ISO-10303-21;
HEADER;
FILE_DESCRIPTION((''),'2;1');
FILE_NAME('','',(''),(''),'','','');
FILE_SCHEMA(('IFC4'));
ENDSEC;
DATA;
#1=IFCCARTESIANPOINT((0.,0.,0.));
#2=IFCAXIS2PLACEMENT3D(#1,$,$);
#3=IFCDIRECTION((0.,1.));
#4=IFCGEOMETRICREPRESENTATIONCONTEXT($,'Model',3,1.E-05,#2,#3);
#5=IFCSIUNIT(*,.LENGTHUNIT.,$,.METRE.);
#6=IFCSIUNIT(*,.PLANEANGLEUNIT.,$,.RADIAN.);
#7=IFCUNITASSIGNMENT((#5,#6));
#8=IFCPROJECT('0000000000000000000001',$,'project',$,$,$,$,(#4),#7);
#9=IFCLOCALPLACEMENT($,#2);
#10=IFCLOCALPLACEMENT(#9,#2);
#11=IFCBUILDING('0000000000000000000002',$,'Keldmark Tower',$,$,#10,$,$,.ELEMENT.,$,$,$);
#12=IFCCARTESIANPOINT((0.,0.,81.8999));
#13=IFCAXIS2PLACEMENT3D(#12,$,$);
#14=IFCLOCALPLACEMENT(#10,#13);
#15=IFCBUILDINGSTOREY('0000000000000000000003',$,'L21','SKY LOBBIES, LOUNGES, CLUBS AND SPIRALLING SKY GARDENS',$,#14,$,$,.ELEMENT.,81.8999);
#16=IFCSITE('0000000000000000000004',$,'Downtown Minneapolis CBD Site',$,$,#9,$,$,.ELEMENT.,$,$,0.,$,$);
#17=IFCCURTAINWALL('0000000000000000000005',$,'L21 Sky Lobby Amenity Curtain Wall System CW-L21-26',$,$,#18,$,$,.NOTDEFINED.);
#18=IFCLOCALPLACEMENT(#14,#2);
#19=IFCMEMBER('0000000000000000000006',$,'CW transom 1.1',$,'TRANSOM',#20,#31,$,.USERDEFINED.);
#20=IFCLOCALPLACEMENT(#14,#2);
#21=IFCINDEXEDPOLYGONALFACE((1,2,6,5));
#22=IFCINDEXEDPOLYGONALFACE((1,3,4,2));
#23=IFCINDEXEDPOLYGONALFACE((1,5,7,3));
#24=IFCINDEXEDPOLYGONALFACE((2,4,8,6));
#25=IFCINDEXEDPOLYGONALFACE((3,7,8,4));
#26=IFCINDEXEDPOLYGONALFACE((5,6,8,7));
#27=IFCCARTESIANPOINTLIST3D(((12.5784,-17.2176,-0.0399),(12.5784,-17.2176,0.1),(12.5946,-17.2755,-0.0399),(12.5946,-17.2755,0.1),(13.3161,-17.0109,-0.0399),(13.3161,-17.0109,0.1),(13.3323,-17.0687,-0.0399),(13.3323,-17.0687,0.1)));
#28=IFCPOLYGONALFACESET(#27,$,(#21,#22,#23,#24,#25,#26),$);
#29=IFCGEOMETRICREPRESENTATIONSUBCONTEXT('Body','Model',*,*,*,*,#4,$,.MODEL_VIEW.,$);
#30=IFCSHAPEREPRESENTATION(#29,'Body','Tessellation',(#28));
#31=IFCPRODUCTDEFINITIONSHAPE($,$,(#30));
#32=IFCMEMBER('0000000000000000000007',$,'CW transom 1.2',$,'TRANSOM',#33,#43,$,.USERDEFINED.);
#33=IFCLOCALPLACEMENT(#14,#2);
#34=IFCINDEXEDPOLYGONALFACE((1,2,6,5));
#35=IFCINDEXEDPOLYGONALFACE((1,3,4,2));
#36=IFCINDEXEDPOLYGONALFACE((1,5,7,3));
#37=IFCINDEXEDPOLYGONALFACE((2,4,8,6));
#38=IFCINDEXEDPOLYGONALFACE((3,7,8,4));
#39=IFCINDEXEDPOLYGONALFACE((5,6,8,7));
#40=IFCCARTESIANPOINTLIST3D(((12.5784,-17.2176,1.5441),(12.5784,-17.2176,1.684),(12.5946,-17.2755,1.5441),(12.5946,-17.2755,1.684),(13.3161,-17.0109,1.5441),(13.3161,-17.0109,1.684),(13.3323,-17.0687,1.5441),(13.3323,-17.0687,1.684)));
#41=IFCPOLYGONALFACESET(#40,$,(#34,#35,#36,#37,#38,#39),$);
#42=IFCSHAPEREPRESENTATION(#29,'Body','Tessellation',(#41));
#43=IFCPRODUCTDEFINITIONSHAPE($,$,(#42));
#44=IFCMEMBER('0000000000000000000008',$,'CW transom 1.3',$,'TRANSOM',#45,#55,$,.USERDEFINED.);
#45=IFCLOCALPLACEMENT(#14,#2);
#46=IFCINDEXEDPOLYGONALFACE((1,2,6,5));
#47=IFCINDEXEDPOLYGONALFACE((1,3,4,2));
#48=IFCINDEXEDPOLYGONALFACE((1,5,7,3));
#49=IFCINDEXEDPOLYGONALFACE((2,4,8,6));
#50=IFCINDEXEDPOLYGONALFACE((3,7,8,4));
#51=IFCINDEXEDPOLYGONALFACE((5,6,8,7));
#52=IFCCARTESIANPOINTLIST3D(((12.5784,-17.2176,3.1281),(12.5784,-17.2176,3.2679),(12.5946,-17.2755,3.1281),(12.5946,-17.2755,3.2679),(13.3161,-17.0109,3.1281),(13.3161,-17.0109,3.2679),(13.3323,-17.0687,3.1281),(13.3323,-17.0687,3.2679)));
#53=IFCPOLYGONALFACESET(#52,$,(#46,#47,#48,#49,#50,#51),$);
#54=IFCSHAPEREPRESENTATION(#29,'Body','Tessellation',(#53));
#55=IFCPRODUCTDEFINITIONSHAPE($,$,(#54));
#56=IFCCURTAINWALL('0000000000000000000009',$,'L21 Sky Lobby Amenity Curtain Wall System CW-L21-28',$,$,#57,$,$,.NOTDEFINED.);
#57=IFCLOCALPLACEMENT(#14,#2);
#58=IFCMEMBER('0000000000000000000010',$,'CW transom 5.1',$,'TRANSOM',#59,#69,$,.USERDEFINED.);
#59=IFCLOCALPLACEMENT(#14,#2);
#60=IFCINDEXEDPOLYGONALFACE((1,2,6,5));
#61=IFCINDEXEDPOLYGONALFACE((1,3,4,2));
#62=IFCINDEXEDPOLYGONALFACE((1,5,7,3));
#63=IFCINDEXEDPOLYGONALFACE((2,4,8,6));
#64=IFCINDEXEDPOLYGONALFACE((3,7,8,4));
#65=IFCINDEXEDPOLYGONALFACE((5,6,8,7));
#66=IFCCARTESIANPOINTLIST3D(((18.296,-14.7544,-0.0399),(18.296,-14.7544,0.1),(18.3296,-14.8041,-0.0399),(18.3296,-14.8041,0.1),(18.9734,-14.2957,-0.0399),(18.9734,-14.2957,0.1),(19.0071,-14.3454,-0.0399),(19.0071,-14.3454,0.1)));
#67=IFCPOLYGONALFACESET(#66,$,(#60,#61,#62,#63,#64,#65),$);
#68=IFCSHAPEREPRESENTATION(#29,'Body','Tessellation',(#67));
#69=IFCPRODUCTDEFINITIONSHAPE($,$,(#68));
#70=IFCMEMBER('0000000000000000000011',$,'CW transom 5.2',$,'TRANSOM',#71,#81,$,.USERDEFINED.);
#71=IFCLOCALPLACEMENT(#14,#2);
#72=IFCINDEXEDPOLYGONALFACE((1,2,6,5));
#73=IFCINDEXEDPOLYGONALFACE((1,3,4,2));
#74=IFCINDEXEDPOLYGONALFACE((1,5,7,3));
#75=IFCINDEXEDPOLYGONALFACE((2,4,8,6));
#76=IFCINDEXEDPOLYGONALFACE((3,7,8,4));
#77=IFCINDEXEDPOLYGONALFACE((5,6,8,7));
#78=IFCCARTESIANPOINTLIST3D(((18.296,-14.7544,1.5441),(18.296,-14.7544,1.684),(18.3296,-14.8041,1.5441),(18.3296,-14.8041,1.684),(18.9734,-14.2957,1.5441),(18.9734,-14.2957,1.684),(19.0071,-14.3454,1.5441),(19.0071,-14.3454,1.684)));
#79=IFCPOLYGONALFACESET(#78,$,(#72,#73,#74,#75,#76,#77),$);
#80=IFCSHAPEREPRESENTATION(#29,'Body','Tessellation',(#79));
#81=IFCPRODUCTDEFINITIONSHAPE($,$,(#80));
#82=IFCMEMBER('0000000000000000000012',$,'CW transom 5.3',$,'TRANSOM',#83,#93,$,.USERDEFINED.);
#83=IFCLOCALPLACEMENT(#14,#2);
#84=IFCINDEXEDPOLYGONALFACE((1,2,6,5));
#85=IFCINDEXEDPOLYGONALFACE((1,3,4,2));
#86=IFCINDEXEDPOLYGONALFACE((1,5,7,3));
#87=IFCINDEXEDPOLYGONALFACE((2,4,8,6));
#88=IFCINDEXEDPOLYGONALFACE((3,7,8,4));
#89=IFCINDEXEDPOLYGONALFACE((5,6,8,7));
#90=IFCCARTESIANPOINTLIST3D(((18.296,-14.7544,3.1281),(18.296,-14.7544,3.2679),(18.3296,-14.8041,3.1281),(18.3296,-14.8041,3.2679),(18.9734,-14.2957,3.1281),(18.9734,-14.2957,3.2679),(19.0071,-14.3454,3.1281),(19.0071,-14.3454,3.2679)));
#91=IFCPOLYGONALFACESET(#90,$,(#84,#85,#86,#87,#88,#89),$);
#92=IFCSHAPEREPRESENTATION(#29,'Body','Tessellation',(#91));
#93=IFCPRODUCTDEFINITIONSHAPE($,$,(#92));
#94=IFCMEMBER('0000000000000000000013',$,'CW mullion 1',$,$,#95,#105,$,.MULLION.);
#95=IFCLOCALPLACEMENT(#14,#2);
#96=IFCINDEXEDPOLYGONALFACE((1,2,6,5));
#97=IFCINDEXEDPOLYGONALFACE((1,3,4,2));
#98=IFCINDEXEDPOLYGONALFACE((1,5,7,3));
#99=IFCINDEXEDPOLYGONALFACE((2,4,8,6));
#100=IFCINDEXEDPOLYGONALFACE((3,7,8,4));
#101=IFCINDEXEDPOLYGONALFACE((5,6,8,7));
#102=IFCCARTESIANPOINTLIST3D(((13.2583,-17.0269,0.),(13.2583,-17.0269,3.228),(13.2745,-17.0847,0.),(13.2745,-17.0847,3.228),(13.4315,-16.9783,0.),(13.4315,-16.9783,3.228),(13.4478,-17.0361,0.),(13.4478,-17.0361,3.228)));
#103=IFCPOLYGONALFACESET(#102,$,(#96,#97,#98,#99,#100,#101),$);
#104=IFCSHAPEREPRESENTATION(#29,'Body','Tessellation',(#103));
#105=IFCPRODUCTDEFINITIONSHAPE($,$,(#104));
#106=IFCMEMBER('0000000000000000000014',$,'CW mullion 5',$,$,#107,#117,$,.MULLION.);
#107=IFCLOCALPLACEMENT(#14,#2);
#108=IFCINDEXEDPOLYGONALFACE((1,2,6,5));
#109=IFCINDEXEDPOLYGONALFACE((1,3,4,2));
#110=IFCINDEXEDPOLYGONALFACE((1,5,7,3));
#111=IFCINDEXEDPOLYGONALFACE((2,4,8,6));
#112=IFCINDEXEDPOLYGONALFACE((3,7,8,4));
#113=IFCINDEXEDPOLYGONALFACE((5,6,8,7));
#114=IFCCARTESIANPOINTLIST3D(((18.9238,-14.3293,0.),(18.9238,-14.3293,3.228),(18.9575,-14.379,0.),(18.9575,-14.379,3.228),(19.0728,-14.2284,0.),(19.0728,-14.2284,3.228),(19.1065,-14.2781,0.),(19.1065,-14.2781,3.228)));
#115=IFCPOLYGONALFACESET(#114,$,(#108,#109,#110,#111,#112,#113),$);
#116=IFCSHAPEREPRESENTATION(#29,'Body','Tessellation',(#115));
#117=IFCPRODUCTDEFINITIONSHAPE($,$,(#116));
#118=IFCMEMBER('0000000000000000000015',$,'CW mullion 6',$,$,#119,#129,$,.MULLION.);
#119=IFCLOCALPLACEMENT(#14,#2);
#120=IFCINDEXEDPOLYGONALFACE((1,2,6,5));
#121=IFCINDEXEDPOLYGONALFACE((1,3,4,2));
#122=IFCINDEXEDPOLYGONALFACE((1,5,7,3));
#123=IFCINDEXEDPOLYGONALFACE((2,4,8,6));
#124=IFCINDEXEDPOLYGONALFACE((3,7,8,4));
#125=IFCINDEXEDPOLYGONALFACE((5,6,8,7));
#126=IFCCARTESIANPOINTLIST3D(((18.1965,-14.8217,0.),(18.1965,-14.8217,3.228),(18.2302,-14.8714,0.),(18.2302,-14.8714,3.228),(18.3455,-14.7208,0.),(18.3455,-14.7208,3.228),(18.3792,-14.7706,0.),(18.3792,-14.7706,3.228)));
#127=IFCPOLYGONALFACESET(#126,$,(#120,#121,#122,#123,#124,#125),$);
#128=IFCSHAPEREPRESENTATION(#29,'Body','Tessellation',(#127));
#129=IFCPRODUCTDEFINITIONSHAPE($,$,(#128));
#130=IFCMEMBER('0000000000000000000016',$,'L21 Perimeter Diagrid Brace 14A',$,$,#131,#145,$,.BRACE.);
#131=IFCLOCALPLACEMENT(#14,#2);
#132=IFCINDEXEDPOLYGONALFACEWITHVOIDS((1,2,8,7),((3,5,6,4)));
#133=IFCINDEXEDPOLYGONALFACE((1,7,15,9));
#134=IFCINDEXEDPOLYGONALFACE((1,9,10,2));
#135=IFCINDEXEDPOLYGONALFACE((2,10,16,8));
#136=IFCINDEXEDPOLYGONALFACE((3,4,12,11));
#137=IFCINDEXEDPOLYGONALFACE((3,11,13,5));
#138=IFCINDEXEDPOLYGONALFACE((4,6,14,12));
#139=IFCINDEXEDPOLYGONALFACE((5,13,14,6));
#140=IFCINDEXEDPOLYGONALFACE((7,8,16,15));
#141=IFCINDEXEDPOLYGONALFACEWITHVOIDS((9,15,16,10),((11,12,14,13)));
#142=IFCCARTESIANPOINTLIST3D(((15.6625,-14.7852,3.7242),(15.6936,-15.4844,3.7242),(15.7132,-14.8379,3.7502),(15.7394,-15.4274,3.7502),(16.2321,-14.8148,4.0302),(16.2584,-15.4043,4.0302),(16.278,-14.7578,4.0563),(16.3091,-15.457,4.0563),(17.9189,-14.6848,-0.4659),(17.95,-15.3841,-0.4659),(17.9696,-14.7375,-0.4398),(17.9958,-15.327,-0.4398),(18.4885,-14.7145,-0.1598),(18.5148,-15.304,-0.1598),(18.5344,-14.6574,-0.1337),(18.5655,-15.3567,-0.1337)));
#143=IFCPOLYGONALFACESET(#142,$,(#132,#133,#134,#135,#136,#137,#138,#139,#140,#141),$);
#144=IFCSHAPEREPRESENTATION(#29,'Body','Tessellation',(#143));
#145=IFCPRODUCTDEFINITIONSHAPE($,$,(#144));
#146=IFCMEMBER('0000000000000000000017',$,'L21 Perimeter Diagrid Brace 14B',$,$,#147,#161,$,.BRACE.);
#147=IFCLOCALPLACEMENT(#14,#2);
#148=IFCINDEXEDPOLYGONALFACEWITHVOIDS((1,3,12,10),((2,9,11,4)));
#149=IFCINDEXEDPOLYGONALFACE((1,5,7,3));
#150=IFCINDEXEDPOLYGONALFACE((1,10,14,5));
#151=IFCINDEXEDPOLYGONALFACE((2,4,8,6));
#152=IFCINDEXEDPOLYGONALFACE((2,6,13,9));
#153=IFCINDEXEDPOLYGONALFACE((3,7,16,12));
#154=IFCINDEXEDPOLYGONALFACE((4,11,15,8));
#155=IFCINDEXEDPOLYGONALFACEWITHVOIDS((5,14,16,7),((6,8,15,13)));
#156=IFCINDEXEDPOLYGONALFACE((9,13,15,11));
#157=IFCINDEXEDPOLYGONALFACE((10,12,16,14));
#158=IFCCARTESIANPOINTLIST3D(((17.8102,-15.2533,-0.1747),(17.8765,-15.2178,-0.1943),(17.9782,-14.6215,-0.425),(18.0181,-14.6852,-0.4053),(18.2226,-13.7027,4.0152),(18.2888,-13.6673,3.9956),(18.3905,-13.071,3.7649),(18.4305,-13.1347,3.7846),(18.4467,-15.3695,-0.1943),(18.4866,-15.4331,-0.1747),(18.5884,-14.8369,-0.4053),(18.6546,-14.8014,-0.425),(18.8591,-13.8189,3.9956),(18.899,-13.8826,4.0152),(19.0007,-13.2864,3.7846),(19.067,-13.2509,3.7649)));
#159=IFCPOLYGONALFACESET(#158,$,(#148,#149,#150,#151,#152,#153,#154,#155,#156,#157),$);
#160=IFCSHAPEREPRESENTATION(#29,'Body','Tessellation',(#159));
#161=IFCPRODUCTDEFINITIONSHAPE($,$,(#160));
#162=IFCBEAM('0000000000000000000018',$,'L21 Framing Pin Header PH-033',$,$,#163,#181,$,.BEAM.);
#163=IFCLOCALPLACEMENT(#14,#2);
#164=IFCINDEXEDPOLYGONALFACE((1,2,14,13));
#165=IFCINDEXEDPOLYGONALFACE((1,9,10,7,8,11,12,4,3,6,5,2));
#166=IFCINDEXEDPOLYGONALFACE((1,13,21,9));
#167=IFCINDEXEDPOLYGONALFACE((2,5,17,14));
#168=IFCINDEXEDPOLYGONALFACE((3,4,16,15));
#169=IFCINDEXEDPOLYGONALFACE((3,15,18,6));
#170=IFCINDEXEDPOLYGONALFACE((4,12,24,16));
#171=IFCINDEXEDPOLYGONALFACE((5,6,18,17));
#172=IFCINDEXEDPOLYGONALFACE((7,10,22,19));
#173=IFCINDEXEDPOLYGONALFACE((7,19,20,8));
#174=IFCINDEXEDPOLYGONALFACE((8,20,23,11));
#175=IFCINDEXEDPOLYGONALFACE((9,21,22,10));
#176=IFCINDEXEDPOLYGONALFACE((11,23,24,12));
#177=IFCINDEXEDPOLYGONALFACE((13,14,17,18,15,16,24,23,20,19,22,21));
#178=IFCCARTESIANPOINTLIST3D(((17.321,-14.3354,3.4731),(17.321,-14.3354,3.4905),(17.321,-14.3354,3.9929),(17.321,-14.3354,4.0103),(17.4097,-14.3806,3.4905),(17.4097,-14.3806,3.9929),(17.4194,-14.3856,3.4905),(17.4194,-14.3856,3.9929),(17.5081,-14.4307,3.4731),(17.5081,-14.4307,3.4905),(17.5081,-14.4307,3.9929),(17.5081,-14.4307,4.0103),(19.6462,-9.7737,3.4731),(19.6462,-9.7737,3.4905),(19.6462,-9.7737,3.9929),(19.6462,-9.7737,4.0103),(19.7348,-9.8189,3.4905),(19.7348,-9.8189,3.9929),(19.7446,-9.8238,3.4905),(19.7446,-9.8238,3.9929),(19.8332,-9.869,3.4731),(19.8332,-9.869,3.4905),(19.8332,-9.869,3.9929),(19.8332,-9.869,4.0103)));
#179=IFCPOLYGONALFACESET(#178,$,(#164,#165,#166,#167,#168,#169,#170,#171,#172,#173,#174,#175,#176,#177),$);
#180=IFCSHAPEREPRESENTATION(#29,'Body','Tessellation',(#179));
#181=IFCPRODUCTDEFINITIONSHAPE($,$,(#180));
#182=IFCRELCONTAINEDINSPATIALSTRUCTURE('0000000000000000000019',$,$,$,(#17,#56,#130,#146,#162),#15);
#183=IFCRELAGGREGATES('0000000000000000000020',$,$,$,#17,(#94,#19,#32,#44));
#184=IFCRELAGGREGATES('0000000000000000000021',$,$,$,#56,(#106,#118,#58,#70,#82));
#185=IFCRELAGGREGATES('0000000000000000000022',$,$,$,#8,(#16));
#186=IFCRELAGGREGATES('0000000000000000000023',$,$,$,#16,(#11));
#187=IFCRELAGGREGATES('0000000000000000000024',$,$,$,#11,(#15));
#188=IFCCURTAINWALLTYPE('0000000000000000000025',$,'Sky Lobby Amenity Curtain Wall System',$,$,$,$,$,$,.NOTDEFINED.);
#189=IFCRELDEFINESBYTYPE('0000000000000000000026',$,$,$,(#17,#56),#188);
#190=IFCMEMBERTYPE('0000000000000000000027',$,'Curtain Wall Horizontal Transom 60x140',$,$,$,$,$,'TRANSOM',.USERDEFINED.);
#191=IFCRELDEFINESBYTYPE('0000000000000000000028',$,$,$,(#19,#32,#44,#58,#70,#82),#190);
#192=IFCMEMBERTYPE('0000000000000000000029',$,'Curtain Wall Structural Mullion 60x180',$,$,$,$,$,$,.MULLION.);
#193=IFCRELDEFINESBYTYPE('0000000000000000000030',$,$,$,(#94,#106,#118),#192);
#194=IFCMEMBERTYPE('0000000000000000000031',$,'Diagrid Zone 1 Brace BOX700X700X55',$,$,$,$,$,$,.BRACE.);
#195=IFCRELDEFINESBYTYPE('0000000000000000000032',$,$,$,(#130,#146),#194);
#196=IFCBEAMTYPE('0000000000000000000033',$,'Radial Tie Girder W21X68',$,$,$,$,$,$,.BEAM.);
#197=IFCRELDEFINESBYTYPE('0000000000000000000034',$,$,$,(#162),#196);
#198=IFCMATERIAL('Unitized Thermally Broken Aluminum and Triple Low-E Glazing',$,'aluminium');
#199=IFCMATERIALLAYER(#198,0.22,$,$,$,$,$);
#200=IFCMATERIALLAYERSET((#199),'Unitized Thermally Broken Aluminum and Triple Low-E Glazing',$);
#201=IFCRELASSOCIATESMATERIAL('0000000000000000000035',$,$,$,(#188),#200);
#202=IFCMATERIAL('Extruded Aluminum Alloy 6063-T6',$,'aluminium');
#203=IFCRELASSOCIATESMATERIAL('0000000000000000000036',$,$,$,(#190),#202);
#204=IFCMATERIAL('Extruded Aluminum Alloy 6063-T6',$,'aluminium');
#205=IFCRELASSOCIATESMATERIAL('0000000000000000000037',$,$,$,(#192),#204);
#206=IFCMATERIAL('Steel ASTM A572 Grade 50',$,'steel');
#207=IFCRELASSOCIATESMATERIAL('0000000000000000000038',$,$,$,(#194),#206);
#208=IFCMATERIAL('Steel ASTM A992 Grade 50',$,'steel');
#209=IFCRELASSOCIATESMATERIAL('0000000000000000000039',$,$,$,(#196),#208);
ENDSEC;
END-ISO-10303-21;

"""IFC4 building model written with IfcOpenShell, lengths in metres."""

from ifc_helpers import new_model, si_unit, direction, frame, origin, origin_2d, place, context, subcontext, project, spatial, rectangle, hollow_rectangle, i_section, extrude, material, layer, layer_set, material_profile, profile_set, type_object, element, aggregate, save


model = new_model("IFC4")

# Units and contexts
model_context = context("Model", 3, precision=1e-05, world=origin(), true_north=direction((0.0, 1.0)))
body_context = subcontext(model_context, "Body", "Model", "MODEL_VIEW")
ifc_project = project(units=[si_unit("LENGTHUNIT", "METRE"), si_unit("PLANEANGLEUNIT", "RADIAN")], contexts=[model_context])

# Site, building, storey
site_placement = place(None, origin())
site = spatial("IfcSite", under=ifc_project, at=site_placement, Name="Downtown Minneapolis CBD Site", CompositionType="ELEMENT", RefElevation=0.0)
building_placement = place(site_placement, origin())
building = spatial("IfcBuilding", under=site, at=building_placement, Name="Keldmark Tower", CompositionType="ELEMENT")
storey_placement = place(building_placement, frame((0.0, 0.0, 81.8999)))
storey = spatial("IfcBuildingStorey", under=building, at=storey_placement, Name="L21", Description="SKY LOBBIES, LOUNGES, CLUBS AND SPIRALLING SKY GARDENS", CompositionType="ELEMENT", Elevation=81.8999)

# Curtain walls, members
ifc_material_1 = material(Name="Unitized Thermally Broken Aluminum and Triple Low-E Glazing", Category="aluminium")
ifc_layer_1 = layer(ifc_material_1, 0.22)
ifc_layer_set_1 = layer_set([ifc_layer_1], Name="Unitized Thermally Broken Aluminum and Triple Low-E Glazing")
curtain_wall_type = type_object("IfcCurtainWallType", Name="Sky Lobby Amenity Curtain Wall System", PredefinedType="NOTDEFINED", material=ifc_layer_set_1)
curtain_wall_1_placement = place(storey_placement, origin())
curtain_wall_1 = element("IfcCurtainWall", 1, at=curtain_wall_1_placement, inside=storey, type_object=curtain_wall_type, Name="L21 Sky Lobby Amenity Curtain Wall System CW-L21-26", PredefinedType="NOTDEFINED")
ifc_material_2 = material(Name="Extruded Aluminum Alloy 6063-T6", Category="aluminium")
ifc_material_profile_1 = material_profile(ifc_material_2, rectangle(XDim=0.0601, YDim=0.1399, at=origin_2d()), Name="CWT60X140")
ifc_profile_set_1 = profile_set([ifc_material_profile_1], Name="Extruded Aluminum Alloy 6063-T6")
member_type_1 = type_object("IfcMemberType", Name="Curtain Wall Horizontal Transom 60x140", ElementType="TRANSOM", PredefinedType="USERDEFINED", material=ifc_profile_set_1)
member_1_placement = place(storey_placement, frame((13.3242, -17.0398, 0.03), z_axis=(-0.962894, -0.269878, 0.0), x_axis=(0.269878, -0.962894, 0.0)))
member_1 = element("IfcMember", 2, at=member_1_placement, type_object=member_type_1, Name="CW transom 1.1", ObjectType="TRANSOM", PredefinedType="USERDEFINED", context=body_context, shape_type="SweptSolid", body=[
    extrude(rectangle(XDim=0.0601, YDim=0.1399, at=origin_2d()), origin(), (0.0, 0.0, 1.0), 0.7661),
])
member_2_placement = place(storey_placement, frame((13.3242, -17.0398, 1.614), z_axis=(-0.962894, -0.269878, 0.0), x_axis=(0.269878, -0.962894, 0.0)))
member_2 = element("IfcMember", 3, at=member_2_placement, type_object=member_type_1, Name="CW transom 1.2", ObjectType="TRANSOM", PredefinedType="USERDEFINED", context=body_context, shape_type="SweptSolid", body=[
    extrude(rectangle(XDim=0.0601, YDim=0.1399, at=origin_2d()), origin(), (0.0, 0.0, 1.0), 0.7661),
])
member_3_placement = place(storey_placement, frame((13.3242, -17.0398, 3.198), z_axis=(-0.962894, -0.269878, 0.0), x_axis=(0.269878, -0.962894, 0.0)))
member_3 = element("IfcMember", 4, at=member_3_placement, type_object=member_type_1, Name="CW transom 1.3", ObjectType="TRANSOM", PredefinedType="USERDEFINED", context=body_context, shape_type="SweptSolid", body=[
    extrude(rectangle(XDim=0.0601, YDim=0.1399, at=origin_2d()), origin(), (0.0, 0.0, 1.0), 0.7661),
])
curtain_wall_2_placement = place(storey_placement, origin())
curtain_wall_2 = element("IfcCurtainWall", 5, at=curtain_wall_2_placement, inside=storey, type_object=curtain_wall_type, Name="L21 Sky Lobby Amenity Curtain Wall System CW-L21-28", PredefinedType="NOTDEFINED")
member_4_placement = place(storey_placement, frame((18.9902, -14.3206, 0.03), z_axis=(-0.828035, -0.560677, 0.0), x_axis=(0.560677, -0.828035, 0.0)))
member_4 = element("IfcMember", 6, at=member_4_placement, type_object=member_type_1, Name="CW transom 5.1", ObjectType="TRANSOM", PredefinedType="USERDEFINED", context=body_context, shape_type="SweptSolid", body=[
    extrude(rectangle(XDim=0.0601, YDim=0.1399, at=origin_2d()), origin(), (0.0, 0.0, 1.0), 0.8181),
])
member_5_placement = place(storey_placement, frame((18.9902, -14.3206, 1.614), z_axis=(-0.828035, -0.560677, 0.0), x_axis=(0.560677, -0.828035, 0.0)))
member_5 = element("IfcMember", 7, at=member_5_placement, type_object=member_type_1, Name="CW transom 5.2", ObjectType="TRANSOM", PredefinedType="USERDEFINED", context=body_context, shape_type="SweptSolid", body=[
    extrude(rectangle(XDim=0.0601, YDim=0.1399, at=origin_2d()), origin(), (0.0, 0.0, 1.0), 0.8181),
])
member_6_placement = place(storey_placement, frame((18.9902, -14.3206, 3.198), z_axis=(-0.828035, -0.560677, 0.0), x_axis=(0.560677, -0.828035, 0.0)))
member_6 = element("IfcMember", 8, at=member_6_placement, type_object=member_type_1, Name="CW transom 5.3", ObjectType="TRANSOM", PredefinedType="USERDEFINED", context=body_context, shape_type="SweptSolid", body=[
    extrude(rectangle(XDim=0.0601, YDim=0.1399, at=origin_2d()), origin(), (0.0, 0.0, 1.0), 0.8181),
])

# Members
ifc_material_3 = material(Name="Extruded Aluminum Alloy 6063-T6", Category="aluminium")
ifc_material_profile_2 = material_profile(ifc_material_3, rectangle(XDim=0.0601, YDim=0.1799, at=origin_2d()), Name="CWM60X180")
ifc_profile_set_2 = profile_set([ifc_material_profile_2], Name="Extruded Aluminum Alloy 6063-T6")
member_type_2 = type_object("IfcMemberType", Name="Curtain Wall Structural Mullion 60x180", PredefinedType="MULLION", material=ifc_profile_set_2)
member_7_placement = place(storey_placement, frame((13.353, -17.0315, 0.0), z_axis=(0.0, 0.0, 1.0), x_axis=(0.270028, -0.962852, 0.0)))
member_7 = element("IfcMember", 9, at=member_7_placement, type_object=member_type_2, Name="CW mullion 1", PredefinedType="MULLION", context=body_context, shape_type="SweptSolid", body=[
    extrude(rectangle(XDim=0.0601, YDim=0.1799, at=origin_2d()), origin(), (0.0, 0.0, 1.0), 3.228),
])
aggregate(curtain_wall_1, [member_7, member_1, member_2, member_3])
member_8_placement = place(storey_placement, frame((19.0151, -14.3037, 0.0), z_axis=(0.0, 0.0, 1.0), x_axis=(0.560642, -0.828059, 0.0)))
member_8 = element("IfcMember", 10, at=member_8_placement, type_object=member_type_2, Name="CW mullion 5", PredefinedType="MULLION", context=body_context, shape_type="SweptSolid", body=[
    extrude(rectangle(XDim=0.0601, YDim=0.1799, at=origin_2d()), origin(), (0.0, 0.0, 1.0), 3.228),
])
member_9_placement = place(storey_placement, frame((18.2878, -14.7961, 0.0), z_axis=(0.0, 0.0, 1.0), x_axis=(0.560642, -0.828059, 0.0)))
member_9 = element("IfcMember", 11, at=member_9_placement, type_object=member_type_2, Name="CW mullion 6", PredefinedType="MULLION", context=body_context, shape_type="SweptSolid", body=[
    extrude(rectangle(XDim=0.0601, YDim=0.1799, at=origin_2d()), origin(), (0.0, 0.0, 1.0), 3.228),
])

# Members
ifc_material_4 = material(Name="Steel ASTM A572 Grade 50", Category="steel")
ifc_material_profile_3 = material_profile(ifc_material_4, hollow_rectangle(XDim=0.7, YDim=0.7, WallThickness=0.0549, at=origin_2d()), Name="BOX700X700X55")
ifc_profile_set_3 = profile_set([ifc_material_profile_3], Name="Steel ASTM A572 Grade 50")
member_type_3 = type_object("IfcMemberType", Name="Diagrid Zone 1 Brace BOX700X700X55", PredefinedType="BRACE", material=ifc_profile_set_3)
member_10_placement = place(storey_placement, frame((18.2422, -15.0208, -0.2998), z_axis=(-0.474031, -0.021081, 0.880256), x_axis=(0.044427, -0.999013, 0.0)))
element("IfcMember", 12, at=member_10_placement, inside=storey, type_object=member_type_3, Name="L21 Perimeter Diagrid Brace 14A", PredefinedType="BRACE", context=body_context, shape_type="SweptSolid", body=[
    extrude(hollow_rectangle(XDim=0.7, YDim=0.7, WallThickness=0.0549, at=origin_2d()), origin(), (0.0, 0.0, 1.0), 4.76),
])
member_11_placement = place(storey_placement, frame((18.2324, -15.0273, -0.2998), z_axis=(0.091907, 0.345591, 0.933874), x_axis=(-0.966409, 0.257009, 0.0)))
element("IfcMember", 13, at=member_11_placement, inside=storey, type_object=member_type_3, Name="L21 Perimeter Diagrid Brace 14B", PredefinedType="BRACE", context=body_context, shape_type="SweptSolid", body=[
    extrude(hollow_rectangle(XDim=0.7, YDim=0.7, WallThickness=0.0549, at=origin_2d()), origin(), (0.0, 0.0, 1.0), 4.4866),
])

# Beam
ifc_material_5 = material(Name="Steel ASTM A992 Grade 50", Category="steel")
ifc_material_profile_4 = material_profile(ifc_material_5, i_section(OverallWidth=0.21, OverallDepth=0.5371, WebThickness=0.011, FlangeThickness=0.0173, at=origin_2d()), Name="W21X68")
ifc_profile_set_4 = profile_set([ifc_material_profile_4], Name="Steel ASTM A992 Grade 50")
beam_type_1 = type_object("IfcBeamType", Name="Radial Tie Girder W21X68", PredefinedType="BEAM", material=ifc_profile_set_4)
beam_1_placement = place(storey_placement, frame((17.4146, -14.3831, 3.7417), z_axis=(0.454124, 0.890939, 0.0), x_axis=(-0.890939, 0.454124, 0.0)))
element("IfcBeam", 14, at=beam_1_placement, inside=storey, type_object=beam_type_1, Name="L21 Framing Pin Header PH-033", PredefinedType="BEAM", context=body_context, shape_type="SweptSolid", body=[
    extrude(i_section(OverallWidth=0.21, OverallDepth=0.5371, WebThickness=0.011, FlangeThickness=0.0173, at=origin_2d()), origin(), (0.0, 0.0, 1.0), 5.1201),
])

aggregate(curtain_wall_2, [member_8, member_9, member_4, member_5, member_6])

save(model, "model.ifc")
